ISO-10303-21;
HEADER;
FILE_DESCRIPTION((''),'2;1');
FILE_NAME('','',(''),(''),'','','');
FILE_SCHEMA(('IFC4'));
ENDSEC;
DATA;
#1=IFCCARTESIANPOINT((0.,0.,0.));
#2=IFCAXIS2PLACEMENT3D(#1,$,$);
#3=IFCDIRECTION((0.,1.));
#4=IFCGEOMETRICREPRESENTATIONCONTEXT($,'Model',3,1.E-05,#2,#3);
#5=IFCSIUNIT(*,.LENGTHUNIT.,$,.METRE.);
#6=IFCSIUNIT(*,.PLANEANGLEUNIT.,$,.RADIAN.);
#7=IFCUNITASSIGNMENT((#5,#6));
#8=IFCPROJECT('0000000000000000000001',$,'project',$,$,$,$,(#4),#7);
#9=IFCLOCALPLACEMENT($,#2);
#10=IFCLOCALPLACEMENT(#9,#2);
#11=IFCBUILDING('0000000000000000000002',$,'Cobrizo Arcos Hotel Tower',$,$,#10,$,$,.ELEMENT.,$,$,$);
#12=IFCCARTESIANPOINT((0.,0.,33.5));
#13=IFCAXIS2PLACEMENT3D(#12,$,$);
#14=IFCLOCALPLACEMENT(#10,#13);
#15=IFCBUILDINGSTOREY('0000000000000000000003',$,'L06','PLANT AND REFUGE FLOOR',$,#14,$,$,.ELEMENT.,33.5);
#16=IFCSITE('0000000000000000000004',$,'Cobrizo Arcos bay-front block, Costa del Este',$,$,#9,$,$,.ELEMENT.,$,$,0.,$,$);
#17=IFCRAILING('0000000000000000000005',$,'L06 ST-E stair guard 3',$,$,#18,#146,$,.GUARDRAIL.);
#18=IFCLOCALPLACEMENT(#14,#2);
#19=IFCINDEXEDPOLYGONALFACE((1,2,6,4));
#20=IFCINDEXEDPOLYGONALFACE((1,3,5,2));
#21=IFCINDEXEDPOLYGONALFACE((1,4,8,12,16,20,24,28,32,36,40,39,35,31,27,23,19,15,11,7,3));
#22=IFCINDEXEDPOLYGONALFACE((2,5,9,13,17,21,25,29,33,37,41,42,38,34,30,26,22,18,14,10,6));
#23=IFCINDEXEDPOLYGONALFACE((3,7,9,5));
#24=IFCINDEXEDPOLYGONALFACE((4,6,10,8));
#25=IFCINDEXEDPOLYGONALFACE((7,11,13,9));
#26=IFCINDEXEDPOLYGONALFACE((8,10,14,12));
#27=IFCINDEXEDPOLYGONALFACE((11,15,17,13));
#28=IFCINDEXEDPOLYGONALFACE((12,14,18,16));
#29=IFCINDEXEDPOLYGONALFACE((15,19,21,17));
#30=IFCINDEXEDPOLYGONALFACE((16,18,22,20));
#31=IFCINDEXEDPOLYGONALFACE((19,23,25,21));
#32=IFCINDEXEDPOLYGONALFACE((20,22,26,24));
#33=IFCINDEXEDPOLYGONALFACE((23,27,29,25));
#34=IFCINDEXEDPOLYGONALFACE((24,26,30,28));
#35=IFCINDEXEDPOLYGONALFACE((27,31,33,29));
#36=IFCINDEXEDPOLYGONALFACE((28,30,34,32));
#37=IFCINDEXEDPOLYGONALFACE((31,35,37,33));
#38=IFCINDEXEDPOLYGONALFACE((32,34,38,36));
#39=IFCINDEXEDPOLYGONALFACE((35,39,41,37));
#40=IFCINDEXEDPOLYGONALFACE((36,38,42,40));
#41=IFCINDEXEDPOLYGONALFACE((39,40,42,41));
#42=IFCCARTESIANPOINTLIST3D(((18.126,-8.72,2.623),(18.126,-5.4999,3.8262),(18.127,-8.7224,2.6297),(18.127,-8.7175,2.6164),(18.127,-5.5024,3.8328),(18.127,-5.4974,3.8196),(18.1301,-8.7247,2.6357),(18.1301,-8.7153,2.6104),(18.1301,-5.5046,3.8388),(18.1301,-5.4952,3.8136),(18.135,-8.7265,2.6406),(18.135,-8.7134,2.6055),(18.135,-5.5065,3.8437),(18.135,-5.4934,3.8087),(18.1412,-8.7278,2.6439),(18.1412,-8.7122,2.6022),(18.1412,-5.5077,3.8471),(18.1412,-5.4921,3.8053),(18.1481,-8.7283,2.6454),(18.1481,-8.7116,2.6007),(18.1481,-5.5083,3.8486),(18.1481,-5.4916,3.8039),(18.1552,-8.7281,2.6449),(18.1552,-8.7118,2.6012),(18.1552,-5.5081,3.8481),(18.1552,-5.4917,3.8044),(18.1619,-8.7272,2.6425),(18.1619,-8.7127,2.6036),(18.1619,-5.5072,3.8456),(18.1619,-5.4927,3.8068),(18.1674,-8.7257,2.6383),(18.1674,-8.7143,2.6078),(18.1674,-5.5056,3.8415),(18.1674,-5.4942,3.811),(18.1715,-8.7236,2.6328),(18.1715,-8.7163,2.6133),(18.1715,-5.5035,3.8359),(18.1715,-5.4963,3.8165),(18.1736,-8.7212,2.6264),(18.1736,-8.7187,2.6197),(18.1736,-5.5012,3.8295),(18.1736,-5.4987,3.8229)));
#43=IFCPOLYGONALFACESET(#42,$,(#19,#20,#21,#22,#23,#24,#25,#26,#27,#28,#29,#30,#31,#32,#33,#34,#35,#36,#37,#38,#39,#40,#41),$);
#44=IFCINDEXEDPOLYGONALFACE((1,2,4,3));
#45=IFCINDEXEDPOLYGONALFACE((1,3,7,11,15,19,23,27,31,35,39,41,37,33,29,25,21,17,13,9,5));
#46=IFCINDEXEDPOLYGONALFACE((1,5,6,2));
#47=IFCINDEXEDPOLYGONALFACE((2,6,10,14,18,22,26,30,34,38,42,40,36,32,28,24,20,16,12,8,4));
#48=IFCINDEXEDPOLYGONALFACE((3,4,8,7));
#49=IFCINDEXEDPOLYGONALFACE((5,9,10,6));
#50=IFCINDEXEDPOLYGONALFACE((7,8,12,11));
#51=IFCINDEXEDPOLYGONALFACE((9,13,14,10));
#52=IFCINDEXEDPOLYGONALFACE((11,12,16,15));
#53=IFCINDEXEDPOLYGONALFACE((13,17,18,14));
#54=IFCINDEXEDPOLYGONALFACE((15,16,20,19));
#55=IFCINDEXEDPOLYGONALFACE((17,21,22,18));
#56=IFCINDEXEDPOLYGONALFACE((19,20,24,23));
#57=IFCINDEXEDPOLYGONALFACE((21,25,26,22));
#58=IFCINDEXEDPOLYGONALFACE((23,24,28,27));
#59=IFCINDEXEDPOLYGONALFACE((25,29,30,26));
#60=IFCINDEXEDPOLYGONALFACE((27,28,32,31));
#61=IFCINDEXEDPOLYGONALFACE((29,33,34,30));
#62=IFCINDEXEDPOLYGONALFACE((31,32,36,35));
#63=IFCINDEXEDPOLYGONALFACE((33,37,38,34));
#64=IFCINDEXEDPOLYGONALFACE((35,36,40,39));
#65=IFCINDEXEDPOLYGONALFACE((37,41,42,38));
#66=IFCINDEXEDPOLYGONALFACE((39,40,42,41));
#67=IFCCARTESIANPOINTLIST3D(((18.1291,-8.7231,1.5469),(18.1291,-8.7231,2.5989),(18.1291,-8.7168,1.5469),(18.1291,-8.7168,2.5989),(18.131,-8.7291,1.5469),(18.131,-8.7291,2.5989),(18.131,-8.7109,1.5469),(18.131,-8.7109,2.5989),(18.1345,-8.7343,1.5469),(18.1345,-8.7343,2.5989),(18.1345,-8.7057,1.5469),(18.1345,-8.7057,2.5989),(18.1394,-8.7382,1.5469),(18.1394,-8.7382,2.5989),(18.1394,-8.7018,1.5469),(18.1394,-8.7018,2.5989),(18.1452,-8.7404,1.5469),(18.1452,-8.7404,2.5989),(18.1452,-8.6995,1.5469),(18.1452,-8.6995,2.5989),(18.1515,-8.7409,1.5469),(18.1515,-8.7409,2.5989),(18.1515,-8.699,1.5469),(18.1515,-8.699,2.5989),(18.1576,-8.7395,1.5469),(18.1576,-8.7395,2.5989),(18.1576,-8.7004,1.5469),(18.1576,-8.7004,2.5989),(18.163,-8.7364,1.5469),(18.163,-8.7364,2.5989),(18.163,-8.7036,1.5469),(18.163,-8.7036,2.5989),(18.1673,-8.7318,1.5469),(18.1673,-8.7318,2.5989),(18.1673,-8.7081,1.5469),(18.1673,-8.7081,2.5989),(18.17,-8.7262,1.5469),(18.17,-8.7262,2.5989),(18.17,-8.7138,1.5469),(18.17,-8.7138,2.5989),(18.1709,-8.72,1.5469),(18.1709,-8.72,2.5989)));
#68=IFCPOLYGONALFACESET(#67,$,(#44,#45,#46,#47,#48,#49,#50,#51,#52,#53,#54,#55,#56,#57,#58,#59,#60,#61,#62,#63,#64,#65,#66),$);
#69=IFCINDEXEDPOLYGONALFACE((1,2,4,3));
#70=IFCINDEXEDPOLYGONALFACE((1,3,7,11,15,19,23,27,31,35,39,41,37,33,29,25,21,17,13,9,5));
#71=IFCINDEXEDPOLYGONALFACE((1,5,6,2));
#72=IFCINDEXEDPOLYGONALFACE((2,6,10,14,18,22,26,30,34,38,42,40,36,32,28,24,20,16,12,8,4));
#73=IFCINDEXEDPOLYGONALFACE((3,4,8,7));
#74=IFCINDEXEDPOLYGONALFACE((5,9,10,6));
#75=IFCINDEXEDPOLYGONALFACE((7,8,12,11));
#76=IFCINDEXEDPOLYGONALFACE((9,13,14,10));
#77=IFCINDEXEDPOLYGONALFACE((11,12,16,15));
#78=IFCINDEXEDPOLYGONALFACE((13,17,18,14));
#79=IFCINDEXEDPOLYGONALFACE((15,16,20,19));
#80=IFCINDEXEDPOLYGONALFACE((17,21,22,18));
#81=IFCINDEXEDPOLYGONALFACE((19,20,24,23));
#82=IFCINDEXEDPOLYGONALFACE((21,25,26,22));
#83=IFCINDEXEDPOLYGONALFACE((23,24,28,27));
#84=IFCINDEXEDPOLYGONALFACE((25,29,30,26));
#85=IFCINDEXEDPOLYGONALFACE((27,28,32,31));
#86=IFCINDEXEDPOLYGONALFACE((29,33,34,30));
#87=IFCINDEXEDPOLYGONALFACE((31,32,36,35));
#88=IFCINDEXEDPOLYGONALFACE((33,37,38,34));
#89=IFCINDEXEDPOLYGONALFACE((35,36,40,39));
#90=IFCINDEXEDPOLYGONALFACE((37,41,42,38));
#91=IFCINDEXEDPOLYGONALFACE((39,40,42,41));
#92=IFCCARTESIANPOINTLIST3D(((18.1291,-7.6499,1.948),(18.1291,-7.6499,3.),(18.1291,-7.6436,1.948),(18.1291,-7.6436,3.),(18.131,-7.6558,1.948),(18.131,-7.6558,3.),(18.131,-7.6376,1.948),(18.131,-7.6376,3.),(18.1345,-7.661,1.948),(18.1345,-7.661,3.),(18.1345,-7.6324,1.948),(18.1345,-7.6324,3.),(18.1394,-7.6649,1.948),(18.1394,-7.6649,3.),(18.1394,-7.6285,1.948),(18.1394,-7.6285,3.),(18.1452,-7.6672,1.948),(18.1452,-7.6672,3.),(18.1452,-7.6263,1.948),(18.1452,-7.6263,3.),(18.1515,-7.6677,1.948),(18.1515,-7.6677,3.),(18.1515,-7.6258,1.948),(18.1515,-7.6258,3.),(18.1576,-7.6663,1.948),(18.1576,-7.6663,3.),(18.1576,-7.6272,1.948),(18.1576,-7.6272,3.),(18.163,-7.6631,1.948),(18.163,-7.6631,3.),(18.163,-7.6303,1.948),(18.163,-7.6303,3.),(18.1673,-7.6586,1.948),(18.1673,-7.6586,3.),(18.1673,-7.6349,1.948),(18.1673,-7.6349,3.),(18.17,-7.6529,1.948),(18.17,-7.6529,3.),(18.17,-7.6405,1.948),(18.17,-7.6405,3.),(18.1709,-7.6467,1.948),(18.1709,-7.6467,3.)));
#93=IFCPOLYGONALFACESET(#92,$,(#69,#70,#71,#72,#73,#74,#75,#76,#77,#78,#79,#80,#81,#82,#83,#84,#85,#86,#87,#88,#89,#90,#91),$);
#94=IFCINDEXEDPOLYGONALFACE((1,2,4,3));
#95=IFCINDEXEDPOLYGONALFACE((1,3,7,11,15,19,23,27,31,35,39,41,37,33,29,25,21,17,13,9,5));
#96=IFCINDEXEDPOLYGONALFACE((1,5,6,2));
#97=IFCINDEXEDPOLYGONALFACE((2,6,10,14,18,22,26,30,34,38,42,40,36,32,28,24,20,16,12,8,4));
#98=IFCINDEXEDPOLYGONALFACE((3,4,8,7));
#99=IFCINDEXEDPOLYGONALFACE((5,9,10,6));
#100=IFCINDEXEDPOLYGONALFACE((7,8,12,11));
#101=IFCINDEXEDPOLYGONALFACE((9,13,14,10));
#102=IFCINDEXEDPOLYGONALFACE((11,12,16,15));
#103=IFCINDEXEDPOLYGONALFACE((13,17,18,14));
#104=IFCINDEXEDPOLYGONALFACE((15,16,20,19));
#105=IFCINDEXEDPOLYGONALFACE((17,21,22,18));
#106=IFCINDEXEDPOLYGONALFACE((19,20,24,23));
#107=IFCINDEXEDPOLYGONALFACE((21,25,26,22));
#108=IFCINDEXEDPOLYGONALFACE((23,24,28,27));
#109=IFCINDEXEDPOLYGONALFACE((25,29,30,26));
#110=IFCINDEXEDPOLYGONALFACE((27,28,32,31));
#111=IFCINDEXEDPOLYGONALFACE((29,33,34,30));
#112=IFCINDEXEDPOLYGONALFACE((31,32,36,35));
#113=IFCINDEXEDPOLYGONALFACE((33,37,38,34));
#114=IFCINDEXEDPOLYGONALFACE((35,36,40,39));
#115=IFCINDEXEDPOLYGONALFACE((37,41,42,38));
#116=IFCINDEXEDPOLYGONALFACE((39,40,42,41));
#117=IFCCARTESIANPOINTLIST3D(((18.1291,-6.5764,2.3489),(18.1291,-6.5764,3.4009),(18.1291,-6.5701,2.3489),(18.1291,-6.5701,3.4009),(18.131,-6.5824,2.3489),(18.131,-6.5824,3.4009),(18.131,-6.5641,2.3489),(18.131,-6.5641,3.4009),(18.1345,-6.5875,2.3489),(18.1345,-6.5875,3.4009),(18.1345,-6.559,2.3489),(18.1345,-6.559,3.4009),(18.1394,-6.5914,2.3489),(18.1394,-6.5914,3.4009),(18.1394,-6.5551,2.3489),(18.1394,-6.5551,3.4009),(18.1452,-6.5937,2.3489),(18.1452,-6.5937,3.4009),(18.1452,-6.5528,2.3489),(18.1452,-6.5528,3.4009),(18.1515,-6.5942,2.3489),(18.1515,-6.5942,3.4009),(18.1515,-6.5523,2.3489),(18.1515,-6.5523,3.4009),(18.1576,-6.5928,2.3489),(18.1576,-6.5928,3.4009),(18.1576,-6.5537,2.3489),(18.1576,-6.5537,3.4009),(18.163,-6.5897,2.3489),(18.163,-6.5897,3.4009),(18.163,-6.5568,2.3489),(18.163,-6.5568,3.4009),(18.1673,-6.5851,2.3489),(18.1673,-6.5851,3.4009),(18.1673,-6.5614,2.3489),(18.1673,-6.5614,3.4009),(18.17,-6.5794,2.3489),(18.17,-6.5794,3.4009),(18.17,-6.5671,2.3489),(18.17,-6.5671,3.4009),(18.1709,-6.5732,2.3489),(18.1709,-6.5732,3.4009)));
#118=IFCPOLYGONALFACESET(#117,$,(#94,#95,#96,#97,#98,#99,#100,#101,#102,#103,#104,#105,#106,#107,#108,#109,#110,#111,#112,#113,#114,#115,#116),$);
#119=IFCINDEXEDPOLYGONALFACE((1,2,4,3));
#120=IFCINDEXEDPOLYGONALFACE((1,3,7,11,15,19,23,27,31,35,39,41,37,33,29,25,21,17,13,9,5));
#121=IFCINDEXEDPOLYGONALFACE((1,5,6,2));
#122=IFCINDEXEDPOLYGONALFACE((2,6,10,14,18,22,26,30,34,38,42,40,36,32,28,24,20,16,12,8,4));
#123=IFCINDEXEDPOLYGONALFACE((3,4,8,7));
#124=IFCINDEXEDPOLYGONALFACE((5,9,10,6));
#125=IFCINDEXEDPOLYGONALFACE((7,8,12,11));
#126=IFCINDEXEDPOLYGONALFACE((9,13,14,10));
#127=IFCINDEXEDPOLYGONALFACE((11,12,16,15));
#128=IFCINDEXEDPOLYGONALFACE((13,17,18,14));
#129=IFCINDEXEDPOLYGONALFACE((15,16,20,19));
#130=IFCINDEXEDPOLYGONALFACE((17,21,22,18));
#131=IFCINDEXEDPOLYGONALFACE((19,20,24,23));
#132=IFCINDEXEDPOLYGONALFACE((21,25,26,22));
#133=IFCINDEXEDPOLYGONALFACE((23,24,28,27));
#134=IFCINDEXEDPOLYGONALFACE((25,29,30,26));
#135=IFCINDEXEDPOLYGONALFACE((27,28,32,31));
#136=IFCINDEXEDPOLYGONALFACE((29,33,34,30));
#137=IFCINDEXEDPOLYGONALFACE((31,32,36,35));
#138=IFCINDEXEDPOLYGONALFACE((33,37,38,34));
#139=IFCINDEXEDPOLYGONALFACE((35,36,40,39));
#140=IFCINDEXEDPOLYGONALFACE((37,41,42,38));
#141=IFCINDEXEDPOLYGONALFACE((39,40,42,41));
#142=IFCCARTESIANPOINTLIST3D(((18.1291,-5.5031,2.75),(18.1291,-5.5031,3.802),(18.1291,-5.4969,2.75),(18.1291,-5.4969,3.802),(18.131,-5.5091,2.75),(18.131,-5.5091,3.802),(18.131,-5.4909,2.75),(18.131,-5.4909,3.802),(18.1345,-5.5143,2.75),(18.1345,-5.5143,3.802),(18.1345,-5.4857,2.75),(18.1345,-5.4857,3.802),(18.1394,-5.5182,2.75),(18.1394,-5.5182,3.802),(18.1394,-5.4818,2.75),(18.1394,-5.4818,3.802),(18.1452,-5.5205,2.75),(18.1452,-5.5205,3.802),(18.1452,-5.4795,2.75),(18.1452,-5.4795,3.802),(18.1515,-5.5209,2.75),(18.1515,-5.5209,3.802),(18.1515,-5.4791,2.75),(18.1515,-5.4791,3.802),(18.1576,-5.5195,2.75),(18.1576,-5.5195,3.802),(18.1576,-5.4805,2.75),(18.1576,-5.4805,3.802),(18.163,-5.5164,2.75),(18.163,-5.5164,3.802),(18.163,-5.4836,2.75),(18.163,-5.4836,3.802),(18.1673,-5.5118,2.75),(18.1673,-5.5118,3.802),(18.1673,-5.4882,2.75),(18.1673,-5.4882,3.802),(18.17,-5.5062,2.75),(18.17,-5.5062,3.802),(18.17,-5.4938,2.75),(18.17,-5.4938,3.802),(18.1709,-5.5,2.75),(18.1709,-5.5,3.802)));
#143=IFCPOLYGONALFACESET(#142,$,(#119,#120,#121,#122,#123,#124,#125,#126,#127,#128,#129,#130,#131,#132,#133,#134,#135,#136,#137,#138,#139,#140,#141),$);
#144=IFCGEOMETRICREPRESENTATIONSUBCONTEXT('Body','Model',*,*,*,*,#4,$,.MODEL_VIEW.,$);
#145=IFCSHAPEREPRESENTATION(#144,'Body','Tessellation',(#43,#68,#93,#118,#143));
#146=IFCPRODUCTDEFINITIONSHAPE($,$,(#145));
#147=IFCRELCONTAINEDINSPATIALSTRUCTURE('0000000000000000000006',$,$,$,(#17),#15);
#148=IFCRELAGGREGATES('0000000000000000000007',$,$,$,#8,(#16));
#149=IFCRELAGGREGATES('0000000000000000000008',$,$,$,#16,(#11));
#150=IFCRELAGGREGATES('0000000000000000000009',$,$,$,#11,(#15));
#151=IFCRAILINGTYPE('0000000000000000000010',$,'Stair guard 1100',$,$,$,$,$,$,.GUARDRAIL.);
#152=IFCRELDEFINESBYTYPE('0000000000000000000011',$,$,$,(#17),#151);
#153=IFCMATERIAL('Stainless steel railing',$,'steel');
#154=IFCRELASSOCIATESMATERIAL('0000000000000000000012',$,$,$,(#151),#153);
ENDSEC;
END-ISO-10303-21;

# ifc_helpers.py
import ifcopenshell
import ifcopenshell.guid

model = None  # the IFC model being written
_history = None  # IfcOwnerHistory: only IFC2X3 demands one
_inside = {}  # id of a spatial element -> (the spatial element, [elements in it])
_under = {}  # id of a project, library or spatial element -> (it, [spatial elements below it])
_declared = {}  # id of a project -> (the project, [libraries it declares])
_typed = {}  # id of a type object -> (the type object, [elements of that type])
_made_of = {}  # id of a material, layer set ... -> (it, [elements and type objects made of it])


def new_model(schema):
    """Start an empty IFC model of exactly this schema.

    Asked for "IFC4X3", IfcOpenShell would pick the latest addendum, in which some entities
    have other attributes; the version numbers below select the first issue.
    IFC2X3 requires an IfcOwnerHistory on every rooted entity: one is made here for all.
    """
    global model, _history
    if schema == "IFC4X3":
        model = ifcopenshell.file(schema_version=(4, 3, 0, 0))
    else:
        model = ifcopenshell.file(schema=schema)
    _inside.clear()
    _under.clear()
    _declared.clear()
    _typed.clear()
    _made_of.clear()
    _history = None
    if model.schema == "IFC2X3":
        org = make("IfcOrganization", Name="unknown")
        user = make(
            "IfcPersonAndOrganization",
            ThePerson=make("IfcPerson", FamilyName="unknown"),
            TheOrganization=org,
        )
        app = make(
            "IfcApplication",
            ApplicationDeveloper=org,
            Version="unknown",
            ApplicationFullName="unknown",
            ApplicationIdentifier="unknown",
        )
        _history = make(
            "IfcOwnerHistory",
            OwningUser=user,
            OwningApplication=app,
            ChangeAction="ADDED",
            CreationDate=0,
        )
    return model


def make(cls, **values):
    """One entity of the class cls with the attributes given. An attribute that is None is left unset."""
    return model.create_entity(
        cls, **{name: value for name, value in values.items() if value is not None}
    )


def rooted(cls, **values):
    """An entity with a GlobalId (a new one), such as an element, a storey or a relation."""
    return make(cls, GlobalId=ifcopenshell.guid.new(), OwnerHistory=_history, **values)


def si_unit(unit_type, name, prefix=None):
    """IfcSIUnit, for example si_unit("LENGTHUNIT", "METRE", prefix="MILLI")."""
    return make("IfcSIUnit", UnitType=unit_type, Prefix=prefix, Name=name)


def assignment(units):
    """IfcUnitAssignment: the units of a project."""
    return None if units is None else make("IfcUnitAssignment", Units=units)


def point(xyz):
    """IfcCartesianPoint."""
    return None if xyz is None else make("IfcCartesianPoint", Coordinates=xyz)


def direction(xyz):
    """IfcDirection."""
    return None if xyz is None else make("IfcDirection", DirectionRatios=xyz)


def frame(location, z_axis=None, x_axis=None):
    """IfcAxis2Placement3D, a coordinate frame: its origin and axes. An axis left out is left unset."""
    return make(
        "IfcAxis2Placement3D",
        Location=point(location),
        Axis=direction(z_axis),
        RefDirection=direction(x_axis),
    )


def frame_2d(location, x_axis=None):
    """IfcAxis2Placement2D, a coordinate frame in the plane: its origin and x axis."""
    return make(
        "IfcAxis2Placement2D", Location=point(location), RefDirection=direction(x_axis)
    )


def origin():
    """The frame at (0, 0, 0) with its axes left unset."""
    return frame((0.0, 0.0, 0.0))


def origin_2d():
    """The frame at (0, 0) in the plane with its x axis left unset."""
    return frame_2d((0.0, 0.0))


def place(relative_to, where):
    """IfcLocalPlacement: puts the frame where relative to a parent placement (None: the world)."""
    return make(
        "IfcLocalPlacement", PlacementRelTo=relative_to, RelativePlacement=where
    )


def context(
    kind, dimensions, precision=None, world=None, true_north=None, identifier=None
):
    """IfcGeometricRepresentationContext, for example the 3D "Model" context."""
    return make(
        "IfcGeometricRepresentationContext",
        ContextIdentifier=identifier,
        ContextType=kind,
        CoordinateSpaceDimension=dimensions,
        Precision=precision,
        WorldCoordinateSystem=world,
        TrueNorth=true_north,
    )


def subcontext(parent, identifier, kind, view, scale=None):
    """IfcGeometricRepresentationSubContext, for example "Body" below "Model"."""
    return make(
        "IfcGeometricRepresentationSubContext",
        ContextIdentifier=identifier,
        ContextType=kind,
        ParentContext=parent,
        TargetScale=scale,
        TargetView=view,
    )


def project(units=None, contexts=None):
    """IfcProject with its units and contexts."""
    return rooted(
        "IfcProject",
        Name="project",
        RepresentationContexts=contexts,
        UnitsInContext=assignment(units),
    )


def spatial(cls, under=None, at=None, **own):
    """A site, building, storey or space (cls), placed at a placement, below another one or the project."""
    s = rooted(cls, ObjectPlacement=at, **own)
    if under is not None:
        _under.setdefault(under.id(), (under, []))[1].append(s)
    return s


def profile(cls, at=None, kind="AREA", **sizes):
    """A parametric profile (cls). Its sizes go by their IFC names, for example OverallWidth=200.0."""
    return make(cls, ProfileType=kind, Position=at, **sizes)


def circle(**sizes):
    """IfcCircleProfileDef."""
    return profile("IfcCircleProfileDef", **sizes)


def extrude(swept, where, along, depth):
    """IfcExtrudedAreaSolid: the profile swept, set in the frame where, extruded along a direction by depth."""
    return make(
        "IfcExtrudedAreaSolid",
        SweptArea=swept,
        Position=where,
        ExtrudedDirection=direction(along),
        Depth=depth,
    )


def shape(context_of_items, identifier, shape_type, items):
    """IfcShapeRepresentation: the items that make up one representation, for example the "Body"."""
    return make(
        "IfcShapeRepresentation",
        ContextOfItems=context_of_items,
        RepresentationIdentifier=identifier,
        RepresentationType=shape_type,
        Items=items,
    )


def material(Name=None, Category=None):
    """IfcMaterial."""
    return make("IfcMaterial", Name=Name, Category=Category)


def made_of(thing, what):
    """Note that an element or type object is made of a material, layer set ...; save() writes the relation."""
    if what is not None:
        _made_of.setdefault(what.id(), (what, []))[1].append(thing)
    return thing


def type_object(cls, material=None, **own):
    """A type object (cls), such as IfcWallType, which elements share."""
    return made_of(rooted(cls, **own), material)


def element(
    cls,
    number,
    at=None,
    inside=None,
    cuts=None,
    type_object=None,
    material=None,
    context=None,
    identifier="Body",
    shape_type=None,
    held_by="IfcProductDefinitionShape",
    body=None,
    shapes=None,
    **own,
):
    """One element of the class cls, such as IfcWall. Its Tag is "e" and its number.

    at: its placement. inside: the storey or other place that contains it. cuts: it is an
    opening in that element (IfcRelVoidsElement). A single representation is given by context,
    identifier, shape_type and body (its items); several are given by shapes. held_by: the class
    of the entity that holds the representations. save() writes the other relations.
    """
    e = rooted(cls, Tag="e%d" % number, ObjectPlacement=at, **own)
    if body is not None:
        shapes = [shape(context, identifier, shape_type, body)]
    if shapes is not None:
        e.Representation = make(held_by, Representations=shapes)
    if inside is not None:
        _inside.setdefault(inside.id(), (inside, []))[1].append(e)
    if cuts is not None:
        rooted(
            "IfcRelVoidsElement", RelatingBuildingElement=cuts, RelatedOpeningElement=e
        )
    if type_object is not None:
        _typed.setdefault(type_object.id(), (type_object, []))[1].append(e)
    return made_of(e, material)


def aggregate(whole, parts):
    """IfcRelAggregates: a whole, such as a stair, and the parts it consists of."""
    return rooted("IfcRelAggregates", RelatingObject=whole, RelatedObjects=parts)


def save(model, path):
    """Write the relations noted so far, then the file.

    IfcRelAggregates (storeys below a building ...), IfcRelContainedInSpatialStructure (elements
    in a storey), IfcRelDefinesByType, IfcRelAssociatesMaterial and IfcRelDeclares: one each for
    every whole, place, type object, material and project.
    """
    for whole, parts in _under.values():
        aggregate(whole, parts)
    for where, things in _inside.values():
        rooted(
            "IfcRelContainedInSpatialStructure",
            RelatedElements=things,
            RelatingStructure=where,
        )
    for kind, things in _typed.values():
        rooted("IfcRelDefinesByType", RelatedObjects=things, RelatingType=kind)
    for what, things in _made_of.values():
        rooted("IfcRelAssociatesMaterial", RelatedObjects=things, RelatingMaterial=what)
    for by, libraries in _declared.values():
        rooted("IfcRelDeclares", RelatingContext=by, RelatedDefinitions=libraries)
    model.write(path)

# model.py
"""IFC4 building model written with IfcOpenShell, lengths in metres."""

from ifc_helpers import new_model, si_unit, direction, frame, origin, origin_2d, place, context, subcontext, project, spatial, circle, extrude, material, type_object, element, save


model = new_model("IFC4")

# Units and contexts
model_context = context("Model", 3, precision=1e-05, world=origin(), true_north=direction((0.0, 1.0)))
body_context = subcontext(model_context, "Body", "Model", "MODEL_VIEW")
ifc_project = project(units=[si_unit("LENGTHUNIT", "METRE"), si_unit("PLANEANGLEUNIT", "RADIAN")], contexts=[model_context])

# Site, building, storey
site_placement = place(None, origin())
site = spatial("IfcSite", under=ifc_project, at=site_placement, Name="Cobrizo Arcos bay-front block, Costa del Este", CompositionType="ELEMENT", RefElevation=0.0)
building_placement = place(site_placement, origin())
building = spatial("IfcBuilding", under=site, at=building_placement, Name="Cobrizo Arcos Hotel Tower", CompositionType="ELEMENT")
storey_placement = place(building_placement, frame((0.0, 0.0, 33.5)))
storey = spatial("IfcBuildingStorey", under=building, at=storey_placement, Name="L06", Description="PLANT AND REFUGE FLOOR", CompositionType="ELEMENT", Elevation=33.5)

# Railing
ifc_material_1 = material(Name="Stainless steel railing", Category="steel")
railing_type = type_object("IfcRailingType", Name="Stair guard 1100", PredefinedType="GUARDRAIL", material=ifc_material_1)
railing_1_placement = place(storey_placement, frame((18.1499, -8.72, 1.5469)))
element("IfcRailing", 1, at=railing_1_placement, inside=storey, type_object=railing_type, Name="L06 ST-E stair guard 3", PredefinedType="GUARDRAIL", context=body_context, shape_type="SweptSolid", body=[
    extrude(circle(Radius=0.0239, at=origin_2d()), frame((0.0, 0.0, 1.0762), z_axis=(0.0, 0.936746, 0.35001), x_axis=(-1.0, 0.0, 0.0)), (0.0, 0.0, 1.0), 3.4375),
    extrude(circle(Radius=0.021, at=origin_2d()), origin(), (0.0, 0.0, 1.0), 1.052),
    extrude(circle(Radius=0.021, at=origin_2d()), frame((0.0, 1.0732, 0.4011)), (0.0, 0.0, 1.0), 1.052),
    extrude(circle(Radius=0.021, at=origin_2d()), frame((0.0, 2.1467, 0.802)), (0.0, 0.0, 1.0), 1.052),
    extrude(circle(Radius=0.021, at=origin_2d()), frame((0.0, 3.22, 1.2031)), (0.0, 0.0, 1.0), 1.052),
])

save(model, "model.ifc")
